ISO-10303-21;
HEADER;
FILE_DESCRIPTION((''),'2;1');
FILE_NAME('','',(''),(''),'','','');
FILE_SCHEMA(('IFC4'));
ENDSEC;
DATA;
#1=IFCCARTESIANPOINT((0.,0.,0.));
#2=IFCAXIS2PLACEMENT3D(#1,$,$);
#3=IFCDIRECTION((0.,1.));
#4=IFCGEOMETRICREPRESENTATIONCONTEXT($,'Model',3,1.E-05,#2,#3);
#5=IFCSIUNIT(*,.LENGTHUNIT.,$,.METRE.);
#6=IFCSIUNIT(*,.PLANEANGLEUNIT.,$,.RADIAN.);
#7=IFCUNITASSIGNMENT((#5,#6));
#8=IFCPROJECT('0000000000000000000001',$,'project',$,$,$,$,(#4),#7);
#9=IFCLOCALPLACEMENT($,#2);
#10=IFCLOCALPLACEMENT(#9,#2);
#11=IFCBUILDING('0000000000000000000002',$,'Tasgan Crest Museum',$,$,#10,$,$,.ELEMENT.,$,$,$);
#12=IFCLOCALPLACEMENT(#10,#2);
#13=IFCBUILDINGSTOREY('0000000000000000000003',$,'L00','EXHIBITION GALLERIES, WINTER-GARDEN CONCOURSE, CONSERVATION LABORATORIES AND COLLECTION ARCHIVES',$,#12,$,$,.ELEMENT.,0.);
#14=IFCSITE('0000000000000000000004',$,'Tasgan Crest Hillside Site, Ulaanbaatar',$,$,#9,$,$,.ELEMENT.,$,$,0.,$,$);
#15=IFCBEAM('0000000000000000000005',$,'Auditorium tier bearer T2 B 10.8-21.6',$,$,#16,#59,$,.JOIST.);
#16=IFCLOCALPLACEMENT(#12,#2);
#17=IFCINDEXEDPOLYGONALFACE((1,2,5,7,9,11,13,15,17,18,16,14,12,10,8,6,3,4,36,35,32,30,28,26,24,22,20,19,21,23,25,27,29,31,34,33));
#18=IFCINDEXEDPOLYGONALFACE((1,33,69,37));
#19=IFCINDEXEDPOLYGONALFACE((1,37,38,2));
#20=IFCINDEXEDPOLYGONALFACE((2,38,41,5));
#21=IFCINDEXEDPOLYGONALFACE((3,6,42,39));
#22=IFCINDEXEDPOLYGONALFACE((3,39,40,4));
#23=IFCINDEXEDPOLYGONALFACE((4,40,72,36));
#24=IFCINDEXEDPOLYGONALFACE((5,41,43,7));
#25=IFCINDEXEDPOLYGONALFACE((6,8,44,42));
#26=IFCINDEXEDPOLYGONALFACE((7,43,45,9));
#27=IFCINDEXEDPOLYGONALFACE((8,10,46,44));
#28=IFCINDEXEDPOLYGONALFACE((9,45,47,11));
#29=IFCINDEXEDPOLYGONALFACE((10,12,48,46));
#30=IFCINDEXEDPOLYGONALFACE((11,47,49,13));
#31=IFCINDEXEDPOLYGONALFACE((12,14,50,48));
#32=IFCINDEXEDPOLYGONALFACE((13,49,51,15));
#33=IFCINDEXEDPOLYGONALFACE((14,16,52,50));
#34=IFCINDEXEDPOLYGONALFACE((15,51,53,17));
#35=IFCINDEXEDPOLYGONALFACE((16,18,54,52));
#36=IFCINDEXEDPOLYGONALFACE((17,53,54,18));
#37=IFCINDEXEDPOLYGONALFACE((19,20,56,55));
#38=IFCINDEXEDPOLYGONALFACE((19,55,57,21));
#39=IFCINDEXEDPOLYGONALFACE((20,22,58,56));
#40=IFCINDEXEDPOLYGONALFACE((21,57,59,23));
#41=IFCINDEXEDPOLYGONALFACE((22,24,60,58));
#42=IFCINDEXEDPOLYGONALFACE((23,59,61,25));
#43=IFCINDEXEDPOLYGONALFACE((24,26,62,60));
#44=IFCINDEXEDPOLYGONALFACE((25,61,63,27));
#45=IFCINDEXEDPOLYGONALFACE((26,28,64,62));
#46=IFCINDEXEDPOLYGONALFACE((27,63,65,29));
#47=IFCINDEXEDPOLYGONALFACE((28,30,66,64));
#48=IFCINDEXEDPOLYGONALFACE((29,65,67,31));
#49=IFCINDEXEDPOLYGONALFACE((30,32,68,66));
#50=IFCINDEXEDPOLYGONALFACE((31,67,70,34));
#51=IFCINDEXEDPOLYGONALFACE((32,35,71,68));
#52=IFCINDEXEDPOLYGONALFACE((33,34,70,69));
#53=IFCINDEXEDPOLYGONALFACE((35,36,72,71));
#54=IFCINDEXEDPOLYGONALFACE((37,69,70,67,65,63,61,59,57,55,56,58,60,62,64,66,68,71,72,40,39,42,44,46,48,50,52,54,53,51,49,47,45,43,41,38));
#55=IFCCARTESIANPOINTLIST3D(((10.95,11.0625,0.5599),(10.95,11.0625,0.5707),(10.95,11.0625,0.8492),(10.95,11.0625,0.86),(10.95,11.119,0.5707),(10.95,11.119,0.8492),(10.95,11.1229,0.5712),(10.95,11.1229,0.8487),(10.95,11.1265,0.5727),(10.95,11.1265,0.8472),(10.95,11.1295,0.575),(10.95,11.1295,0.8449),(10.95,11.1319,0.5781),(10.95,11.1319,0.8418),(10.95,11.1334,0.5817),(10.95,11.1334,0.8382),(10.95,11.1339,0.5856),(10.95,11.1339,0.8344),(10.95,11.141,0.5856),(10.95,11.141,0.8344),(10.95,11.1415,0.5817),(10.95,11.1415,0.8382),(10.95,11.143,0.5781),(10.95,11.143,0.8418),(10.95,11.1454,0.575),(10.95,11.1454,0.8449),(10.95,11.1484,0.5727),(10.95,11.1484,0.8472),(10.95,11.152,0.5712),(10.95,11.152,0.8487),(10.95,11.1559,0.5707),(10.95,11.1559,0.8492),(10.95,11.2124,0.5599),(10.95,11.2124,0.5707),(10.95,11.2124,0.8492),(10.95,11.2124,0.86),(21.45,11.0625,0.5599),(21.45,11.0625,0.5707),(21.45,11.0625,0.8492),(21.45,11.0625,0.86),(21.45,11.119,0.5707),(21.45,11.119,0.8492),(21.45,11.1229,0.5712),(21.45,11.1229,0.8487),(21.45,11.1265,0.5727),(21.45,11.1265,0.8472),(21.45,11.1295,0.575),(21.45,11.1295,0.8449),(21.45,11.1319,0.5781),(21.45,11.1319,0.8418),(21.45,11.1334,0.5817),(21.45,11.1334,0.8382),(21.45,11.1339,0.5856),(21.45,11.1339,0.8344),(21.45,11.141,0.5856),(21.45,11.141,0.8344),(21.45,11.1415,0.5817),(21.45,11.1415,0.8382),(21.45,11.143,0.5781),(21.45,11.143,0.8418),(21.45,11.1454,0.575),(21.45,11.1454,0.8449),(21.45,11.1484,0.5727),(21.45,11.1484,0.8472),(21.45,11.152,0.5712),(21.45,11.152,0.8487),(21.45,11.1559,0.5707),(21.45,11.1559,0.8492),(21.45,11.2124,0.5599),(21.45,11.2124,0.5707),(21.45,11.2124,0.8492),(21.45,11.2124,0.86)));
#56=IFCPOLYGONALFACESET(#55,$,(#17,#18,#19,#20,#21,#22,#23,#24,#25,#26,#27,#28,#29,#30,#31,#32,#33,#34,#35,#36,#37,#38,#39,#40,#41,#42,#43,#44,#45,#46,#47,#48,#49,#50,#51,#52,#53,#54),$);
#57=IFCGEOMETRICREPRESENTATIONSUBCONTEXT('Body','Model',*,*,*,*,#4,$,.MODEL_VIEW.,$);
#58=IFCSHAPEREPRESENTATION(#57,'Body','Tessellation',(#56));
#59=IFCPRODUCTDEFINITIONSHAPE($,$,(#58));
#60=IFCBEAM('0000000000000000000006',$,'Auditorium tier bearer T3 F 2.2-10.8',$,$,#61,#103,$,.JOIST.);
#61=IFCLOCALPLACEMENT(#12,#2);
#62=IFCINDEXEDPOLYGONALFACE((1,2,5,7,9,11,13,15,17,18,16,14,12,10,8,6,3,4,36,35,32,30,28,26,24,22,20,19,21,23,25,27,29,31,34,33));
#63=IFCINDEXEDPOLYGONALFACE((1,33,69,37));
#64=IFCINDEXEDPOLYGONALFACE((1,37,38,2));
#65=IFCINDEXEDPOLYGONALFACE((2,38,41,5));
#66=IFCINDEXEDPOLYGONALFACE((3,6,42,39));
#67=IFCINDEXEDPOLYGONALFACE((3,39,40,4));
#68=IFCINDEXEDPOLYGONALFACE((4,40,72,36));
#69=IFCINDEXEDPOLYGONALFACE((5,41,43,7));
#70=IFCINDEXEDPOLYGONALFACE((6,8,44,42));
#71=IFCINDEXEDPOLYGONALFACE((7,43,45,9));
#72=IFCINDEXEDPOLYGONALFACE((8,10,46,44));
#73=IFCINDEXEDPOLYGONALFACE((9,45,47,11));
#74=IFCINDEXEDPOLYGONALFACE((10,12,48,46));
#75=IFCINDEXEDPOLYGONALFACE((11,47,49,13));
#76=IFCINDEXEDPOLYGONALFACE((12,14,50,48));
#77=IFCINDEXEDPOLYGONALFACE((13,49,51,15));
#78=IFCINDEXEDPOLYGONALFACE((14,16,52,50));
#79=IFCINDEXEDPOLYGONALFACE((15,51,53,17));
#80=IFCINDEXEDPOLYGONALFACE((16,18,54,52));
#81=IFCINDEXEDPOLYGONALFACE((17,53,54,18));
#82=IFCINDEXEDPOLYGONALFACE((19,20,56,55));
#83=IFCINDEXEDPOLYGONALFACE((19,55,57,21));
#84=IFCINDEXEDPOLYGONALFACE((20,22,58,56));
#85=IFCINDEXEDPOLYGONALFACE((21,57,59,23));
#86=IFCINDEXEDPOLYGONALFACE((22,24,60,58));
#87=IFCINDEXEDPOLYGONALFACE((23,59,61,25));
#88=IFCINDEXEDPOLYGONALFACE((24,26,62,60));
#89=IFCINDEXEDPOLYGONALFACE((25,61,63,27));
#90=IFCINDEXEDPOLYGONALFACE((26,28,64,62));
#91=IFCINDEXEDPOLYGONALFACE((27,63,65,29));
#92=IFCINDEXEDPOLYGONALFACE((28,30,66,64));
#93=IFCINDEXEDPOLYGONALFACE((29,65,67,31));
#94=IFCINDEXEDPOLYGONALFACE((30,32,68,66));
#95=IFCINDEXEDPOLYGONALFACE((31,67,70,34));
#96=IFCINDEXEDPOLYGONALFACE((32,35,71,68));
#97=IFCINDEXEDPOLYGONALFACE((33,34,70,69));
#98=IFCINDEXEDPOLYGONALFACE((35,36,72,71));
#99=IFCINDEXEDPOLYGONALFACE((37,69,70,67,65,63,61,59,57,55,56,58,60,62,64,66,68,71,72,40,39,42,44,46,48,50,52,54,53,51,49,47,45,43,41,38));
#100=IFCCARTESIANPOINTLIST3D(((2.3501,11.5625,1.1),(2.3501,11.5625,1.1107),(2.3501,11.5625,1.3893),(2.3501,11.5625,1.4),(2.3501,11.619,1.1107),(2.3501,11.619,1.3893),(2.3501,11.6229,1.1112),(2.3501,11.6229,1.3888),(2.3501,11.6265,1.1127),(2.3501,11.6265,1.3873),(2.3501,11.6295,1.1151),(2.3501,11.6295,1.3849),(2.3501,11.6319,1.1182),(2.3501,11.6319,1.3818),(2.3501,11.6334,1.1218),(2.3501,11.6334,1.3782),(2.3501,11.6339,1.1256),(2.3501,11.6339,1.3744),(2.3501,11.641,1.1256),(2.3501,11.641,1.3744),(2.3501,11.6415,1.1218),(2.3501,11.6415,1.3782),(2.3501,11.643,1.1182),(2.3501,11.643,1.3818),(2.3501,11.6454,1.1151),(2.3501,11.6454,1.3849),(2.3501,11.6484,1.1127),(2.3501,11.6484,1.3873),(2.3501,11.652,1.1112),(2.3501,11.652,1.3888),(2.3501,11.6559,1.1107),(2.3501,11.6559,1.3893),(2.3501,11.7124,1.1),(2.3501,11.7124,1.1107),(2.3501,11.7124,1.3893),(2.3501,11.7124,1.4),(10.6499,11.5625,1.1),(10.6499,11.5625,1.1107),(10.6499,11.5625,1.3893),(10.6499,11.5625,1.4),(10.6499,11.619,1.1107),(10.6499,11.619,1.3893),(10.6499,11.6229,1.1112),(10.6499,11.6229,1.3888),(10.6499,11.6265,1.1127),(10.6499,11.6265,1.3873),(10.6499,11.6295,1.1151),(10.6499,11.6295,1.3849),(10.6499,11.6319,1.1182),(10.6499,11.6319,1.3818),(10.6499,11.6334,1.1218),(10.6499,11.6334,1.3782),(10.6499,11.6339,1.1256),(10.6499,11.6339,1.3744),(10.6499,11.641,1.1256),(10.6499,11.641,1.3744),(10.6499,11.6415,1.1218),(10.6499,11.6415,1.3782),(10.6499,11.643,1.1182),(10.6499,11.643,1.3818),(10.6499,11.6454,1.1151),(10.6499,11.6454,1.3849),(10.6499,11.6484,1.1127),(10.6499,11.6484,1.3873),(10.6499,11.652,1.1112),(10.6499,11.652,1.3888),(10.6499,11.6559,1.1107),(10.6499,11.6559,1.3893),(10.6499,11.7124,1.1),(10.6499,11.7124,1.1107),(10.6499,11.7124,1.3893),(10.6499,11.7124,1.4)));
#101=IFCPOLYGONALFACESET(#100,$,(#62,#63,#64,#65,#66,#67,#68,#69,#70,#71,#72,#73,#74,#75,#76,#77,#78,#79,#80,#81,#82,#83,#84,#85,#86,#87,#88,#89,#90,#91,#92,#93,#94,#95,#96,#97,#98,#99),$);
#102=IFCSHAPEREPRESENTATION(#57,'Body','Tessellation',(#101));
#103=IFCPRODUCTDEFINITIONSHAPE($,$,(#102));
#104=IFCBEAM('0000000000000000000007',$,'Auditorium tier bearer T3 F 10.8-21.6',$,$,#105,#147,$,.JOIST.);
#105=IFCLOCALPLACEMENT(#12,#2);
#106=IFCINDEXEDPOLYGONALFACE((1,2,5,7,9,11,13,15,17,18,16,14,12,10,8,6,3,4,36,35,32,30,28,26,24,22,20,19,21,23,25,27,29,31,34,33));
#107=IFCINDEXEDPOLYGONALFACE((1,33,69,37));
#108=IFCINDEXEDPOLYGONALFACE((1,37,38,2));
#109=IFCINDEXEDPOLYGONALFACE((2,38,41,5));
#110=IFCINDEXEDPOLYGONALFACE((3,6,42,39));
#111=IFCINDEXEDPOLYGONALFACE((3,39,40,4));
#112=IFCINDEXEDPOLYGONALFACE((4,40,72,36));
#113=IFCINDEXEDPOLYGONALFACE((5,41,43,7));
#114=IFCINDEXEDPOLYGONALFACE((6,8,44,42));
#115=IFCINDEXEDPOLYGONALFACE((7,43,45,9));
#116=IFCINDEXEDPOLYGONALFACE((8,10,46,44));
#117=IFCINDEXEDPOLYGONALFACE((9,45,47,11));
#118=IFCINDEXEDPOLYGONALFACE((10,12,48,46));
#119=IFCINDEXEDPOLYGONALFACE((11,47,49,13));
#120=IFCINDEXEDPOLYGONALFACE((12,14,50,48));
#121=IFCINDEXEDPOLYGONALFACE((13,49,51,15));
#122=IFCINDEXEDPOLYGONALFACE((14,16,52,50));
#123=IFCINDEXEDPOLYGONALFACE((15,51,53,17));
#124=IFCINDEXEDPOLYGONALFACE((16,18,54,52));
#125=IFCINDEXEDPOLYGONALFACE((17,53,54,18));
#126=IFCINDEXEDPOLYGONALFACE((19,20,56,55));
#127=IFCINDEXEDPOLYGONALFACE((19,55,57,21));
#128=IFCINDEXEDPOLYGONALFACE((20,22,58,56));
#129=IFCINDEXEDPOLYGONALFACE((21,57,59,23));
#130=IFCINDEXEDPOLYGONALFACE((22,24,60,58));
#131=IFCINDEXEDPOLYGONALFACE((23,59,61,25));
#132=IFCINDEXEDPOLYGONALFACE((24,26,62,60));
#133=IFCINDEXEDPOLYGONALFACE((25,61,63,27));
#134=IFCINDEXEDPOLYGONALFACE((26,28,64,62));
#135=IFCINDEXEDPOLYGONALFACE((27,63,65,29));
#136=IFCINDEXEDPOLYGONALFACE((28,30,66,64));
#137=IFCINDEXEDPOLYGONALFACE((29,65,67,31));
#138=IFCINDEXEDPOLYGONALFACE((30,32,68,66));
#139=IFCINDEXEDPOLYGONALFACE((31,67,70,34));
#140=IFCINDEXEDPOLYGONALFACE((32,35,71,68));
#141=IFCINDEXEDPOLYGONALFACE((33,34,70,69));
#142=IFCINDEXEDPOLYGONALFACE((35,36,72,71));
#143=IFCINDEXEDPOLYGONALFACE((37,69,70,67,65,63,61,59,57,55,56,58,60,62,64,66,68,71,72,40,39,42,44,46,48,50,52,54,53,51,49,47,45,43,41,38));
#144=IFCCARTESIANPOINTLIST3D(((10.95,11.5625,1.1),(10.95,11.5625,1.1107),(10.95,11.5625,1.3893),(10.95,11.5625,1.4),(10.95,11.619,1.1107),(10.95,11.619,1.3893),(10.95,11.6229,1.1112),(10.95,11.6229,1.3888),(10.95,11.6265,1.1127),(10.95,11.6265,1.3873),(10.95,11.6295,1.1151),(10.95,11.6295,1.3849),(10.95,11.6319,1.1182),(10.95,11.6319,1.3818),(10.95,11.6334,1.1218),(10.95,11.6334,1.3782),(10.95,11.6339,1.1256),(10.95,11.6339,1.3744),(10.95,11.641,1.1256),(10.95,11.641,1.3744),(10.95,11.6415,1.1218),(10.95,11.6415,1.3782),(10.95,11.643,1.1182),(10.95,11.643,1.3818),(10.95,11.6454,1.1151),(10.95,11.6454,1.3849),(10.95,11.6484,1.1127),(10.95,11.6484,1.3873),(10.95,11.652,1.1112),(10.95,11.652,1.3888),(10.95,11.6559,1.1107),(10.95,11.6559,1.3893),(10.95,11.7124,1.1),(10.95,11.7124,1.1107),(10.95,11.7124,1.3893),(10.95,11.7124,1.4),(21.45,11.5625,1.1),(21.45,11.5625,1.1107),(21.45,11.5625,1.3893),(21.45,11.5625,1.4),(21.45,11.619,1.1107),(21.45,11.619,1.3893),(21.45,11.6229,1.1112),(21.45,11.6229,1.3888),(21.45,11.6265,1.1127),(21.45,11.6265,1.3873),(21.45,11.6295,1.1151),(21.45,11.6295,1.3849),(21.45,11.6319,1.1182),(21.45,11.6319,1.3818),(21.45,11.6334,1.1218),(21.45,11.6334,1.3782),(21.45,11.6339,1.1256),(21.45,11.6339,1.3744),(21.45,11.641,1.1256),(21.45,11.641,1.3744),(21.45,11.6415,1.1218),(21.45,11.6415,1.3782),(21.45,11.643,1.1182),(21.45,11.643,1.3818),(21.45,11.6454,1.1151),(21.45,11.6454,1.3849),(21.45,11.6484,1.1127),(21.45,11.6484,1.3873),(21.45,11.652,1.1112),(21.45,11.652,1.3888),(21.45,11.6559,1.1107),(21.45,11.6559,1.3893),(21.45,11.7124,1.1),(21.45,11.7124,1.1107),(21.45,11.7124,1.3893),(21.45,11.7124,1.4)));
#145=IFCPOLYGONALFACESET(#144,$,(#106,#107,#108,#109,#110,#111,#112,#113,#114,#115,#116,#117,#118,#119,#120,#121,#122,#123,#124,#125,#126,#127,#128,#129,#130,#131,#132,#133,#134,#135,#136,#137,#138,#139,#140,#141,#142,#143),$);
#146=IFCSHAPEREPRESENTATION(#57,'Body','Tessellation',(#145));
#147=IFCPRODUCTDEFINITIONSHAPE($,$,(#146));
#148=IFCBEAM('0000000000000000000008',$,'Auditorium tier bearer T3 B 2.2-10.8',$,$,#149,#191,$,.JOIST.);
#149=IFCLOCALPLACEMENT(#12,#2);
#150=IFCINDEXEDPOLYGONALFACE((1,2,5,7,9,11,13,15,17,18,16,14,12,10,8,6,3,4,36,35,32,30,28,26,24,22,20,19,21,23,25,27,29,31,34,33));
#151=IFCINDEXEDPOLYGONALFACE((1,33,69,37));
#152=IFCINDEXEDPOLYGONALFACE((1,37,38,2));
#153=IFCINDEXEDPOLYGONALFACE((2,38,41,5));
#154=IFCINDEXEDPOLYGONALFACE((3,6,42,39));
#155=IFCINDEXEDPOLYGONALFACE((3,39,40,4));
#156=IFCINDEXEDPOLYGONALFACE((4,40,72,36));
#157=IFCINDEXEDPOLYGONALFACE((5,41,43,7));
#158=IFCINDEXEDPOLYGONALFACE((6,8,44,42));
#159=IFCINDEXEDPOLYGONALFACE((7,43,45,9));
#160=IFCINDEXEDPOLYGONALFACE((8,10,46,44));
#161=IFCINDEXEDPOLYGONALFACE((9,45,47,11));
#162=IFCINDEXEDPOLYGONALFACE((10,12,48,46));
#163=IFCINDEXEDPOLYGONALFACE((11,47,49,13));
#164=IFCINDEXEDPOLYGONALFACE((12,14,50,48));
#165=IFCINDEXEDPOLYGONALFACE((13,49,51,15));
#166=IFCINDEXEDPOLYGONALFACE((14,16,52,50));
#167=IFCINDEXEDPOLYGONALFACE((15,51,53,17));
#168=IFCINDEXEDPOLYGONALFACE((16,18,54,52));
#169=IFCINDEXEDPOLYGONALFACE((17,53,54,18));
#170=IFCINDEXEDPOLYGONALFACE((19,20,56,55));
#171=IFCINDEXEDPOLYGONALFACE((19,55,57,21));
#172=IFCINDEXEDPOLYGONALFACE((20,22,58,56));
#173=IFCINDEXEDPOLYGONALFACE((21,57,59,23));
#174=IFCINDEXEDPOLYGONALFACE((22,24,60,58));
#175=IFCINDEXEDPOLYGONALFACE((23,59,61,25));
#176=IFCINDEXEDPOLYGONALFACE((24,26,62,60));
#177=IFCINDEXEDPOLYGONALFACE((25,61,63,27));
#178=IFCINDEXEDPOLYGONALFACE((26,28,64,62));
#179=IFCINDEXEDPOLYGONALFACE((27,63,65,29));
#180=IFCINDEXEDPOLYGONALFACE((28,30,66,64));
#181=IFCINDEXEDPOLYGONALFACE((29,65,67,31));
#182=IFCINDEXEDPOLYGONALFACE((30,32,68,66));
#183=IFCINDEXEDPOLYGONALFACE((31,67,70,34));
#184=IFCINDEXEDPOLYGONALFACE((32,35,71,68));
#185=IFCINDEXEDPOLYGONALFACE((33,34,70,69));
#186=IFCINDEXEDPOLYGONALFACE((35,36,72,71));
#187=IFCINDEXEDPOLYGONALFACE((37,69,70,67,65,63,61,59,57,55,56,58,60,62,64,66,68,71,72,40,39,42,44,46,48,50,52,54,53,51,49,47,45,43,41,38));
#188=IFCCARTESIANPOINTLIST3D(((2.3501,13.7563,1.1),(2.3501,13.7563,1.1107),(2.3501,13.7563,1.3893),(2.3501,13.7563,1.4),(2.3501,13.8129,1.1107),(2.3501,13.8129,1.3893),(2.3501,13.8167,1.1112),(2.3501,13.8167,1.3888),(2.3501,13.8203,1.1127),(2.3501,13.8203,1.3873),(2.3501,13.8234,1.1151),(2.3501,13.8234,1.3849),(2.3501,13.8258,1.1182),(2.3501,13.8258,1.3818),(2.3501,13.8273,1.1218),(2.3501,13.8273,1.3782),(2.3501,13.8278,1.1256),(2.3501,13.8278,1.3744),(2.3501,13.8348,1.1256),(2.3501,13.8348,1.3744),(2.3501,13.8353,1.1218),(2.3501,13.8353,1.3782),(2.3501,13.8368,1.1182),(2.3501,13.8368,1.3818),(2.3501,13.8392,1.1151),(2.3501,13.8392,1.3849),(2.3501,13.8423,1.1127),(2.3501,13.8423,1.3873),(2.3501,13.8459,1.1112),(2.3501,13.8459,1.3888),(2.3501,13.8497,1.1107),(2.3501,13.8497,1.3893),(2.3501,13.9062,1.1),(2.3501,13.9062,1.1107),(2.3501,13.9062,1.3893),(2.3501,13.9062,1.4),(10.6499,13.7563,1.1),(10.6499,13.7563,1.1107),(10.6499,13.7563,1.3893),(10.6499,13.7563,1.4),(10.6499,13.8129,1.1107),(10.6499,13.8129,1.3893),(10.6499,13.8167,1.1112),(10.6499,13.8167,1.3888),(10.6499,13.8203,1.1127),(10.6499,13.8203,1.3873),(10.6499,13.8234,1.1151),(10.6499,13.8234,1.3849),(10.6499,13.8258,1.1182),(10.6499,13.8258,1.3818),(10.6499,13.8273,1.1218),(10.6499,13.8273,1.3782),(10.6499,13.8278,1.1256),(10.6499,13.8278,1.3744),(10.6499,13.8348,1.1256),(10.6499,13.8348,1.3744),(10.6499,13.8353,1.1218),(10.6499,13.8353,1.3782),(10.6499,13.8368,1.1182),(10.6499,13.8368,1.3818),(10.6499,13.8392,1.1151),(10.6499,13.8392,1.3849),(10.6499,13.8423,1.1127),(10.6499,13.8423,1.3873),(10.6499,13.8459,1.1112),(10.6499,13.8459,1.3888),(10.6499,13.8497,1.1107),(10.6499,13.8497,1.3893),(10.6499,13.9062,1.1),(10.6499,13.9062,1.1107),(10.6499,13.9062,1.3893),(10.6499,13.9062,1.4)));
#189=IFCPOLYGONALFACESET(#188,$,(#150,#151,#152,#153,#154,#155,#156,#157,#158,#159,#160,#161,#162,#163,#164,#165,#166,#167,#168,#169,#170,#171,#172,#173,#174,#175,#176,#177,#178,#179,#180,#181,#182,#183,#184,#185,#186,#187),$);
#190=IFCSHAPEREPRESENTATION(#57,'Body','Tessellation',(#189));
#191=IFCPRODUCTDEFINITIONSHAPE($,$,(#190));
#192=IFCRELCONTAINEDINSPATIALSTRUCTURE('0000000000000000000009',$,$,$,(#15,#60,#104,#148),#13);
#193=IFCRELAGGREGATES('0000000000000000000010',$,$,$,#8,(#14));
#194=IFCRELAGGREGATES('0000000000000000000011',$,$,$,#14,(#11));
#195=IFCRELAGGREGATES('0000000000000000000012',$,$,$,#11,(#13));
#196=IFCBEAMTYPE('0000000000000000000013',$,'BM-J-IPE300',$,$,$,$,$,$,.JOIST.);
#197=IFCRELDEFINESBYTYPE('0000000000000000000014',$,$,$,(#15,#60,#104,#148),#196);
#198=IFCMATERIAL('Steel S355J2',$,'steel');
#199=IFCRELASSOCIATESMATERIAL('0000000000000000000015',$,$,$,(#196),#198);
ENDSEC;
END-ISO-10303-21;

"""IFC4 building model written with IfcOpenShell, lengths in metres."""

from ifc_helpers import new_model, si_unit, direction, frame, origin, origin_2d, place, context, subcontext, project, spatial, i_section, extrude, material, material_profile, profile_set, type_object, element, save


model = new_model("IFC4")

# Units and contexts
model_context = context("Model", 3, precision=1e-05, world=origin(), true_north=direction((0.0, 1.0)))
body_context = subcontext(model_context, "Body", "Model", "MODEL_VIEW")
ifc_project = project(units=[si_unit("LENGTHUNIT", "METRE"), si_unit("PLANEANGLEUNIT", "RADIAN")], contexts=[model_context])

# Site, building, storey
site_placement = place(None, origin())
site = spatial("IfcSite", under=ifc_project, at=site_placement, Name="Tasgan Crest Hillside Site, Ulaanbaatar", CompositionType="ELEMENT", RefElevation=0.0)
building_placement = place(site_placement, origin())
building = spatial("IfcBuilding", under=site, at=building_placement, Name="Tasgan Crest Museum", CompositionType="ELEMENT")
storey_placement = place(building_placement, origin())
storey = spatial("IfcBuildingStorey", under=building, at=storey_placement, Name="L00", Description="EXHIBITION GALLERIES, WINTER-GARDEN CONCOURSE, CONSERVATION LABORATORIES AND COLLECTION ARCHIVES", CompositionType="ELEMENT", Elevation=0.0)

# Beams
ifc_material_1 = material(Name="Steel S355J2", Category="steel")
ifc_material_profile_1 = material_profile(ifc_material_1, i_section(OverallWidth=0.1499, OverallDepth=0.3, WebThickness=0.0071, FlangeThickness=0.0107, FilletRadius=0.0149, at=origin_2d()), Name="IPE 300")
ifc_profile_set_1 = profile_set([ifc_material_profile_1], Name="Steel S355J2")
beam_type_1 = type_object("IfcBeamType", Name="BM-J-IPE300", PredefinedType="JOIST", material=ifc_profile_set_1)
beam_1_placement = place(storey_placement, frame((10.95, 11.1375, 0.71), z_axis=(1.0, 0.0, 0.0), x_axis=(0.0, 1.0, 0.0)))
element("IfcBeam", 1, at=beam_1_placement, inside=storey, type_object=beam_type_1, Name="Auditorium tier bearer T2 B 10.8-21.6", PredefinedType="JOIST", context=body_context, shape_type="SweptSolid", body=[
    extrude(i_section(OverallWidth=0.1499, OverallDepth=0.3, WebThickness=0.0071, FlangeThickness=0.0107, FilletRadius=0.0149, at=origin_2d()), origin(), (0.0, 0.0, 1.0), 10.5),
])
beam_2_placement = place(storey_placement, frame((2.3501, 11.6375, 1.25), z_axis=(1.0, 0.0, 0.0), x_axis=(0.0, 1.0, 0.0)))
element("IfcBeam", 2, at=beam_2_placement, inside=storey, type_object=beam_type_1, Name="Auditorium tier bearer T3 F 2.2-10.8", PredefinedType="JOIST", context=body_context, shape_type="SweptSolid", body=[
    extrude(i_section(OverallWidth=0.1499, OverallDepth=0.3, WebThickness=0.0071, FlangeThickness=0.0107, FilletRadius=0.0149, at=origin_2d()), origin(), (0.0, 0.0, 1.0), 8.2998),
])
beam_3_placement = place(storey_placement, frame((10.95, 11.6375, 1.25), z_axis=(1.0, 0.0, 0.0), x_axis=(0.0, 1.0, 0.0)))
element("IfcBeam", 3, at=beam_3_placement, inside=storey, type_object=beam_type_1, Name="Auditorium tier bearer T3 F 10.8-21.6", PredefinedType="JOIST", context=body_context, shape_type="SweptSolid", body=[
    extrude(i_section(OverallWidth=0.1499, OverallDepth=0.3, WebThickness=0.0071, FlangeThickness=0.0107, FilletRadius=0.0149, at=origin_2d()), origin(), (0.0, 0.0, 1.0), 10.5),
])
beam_4_placement = place(storey_placement, frame((2.3501, 13.8313, 1.25), z_axis=(1.0, 0.0, 0.0), x_axis=(0.0, 1.0, 0.0)))
element("IfcBeam", 4, at=beam_4_placement, inside=storey, type_object=beam_type_1, Name="Auditorium tier bearer T3 B 2.2-10.8", PredefinedType="JOIST", context=body_context, shape_type="SweptSolid", body=[
    extrude(i_section(OverallWidth=0.1499, OverallDepth=0.3, WebThickness=0.0071, FlangeThickness=0.0107, FilletRadius=0.0149, at=origin_2d()), origin(), (0.0, 0.0, 1.0), 8.2998),
])

save(model, "model.ifc")
